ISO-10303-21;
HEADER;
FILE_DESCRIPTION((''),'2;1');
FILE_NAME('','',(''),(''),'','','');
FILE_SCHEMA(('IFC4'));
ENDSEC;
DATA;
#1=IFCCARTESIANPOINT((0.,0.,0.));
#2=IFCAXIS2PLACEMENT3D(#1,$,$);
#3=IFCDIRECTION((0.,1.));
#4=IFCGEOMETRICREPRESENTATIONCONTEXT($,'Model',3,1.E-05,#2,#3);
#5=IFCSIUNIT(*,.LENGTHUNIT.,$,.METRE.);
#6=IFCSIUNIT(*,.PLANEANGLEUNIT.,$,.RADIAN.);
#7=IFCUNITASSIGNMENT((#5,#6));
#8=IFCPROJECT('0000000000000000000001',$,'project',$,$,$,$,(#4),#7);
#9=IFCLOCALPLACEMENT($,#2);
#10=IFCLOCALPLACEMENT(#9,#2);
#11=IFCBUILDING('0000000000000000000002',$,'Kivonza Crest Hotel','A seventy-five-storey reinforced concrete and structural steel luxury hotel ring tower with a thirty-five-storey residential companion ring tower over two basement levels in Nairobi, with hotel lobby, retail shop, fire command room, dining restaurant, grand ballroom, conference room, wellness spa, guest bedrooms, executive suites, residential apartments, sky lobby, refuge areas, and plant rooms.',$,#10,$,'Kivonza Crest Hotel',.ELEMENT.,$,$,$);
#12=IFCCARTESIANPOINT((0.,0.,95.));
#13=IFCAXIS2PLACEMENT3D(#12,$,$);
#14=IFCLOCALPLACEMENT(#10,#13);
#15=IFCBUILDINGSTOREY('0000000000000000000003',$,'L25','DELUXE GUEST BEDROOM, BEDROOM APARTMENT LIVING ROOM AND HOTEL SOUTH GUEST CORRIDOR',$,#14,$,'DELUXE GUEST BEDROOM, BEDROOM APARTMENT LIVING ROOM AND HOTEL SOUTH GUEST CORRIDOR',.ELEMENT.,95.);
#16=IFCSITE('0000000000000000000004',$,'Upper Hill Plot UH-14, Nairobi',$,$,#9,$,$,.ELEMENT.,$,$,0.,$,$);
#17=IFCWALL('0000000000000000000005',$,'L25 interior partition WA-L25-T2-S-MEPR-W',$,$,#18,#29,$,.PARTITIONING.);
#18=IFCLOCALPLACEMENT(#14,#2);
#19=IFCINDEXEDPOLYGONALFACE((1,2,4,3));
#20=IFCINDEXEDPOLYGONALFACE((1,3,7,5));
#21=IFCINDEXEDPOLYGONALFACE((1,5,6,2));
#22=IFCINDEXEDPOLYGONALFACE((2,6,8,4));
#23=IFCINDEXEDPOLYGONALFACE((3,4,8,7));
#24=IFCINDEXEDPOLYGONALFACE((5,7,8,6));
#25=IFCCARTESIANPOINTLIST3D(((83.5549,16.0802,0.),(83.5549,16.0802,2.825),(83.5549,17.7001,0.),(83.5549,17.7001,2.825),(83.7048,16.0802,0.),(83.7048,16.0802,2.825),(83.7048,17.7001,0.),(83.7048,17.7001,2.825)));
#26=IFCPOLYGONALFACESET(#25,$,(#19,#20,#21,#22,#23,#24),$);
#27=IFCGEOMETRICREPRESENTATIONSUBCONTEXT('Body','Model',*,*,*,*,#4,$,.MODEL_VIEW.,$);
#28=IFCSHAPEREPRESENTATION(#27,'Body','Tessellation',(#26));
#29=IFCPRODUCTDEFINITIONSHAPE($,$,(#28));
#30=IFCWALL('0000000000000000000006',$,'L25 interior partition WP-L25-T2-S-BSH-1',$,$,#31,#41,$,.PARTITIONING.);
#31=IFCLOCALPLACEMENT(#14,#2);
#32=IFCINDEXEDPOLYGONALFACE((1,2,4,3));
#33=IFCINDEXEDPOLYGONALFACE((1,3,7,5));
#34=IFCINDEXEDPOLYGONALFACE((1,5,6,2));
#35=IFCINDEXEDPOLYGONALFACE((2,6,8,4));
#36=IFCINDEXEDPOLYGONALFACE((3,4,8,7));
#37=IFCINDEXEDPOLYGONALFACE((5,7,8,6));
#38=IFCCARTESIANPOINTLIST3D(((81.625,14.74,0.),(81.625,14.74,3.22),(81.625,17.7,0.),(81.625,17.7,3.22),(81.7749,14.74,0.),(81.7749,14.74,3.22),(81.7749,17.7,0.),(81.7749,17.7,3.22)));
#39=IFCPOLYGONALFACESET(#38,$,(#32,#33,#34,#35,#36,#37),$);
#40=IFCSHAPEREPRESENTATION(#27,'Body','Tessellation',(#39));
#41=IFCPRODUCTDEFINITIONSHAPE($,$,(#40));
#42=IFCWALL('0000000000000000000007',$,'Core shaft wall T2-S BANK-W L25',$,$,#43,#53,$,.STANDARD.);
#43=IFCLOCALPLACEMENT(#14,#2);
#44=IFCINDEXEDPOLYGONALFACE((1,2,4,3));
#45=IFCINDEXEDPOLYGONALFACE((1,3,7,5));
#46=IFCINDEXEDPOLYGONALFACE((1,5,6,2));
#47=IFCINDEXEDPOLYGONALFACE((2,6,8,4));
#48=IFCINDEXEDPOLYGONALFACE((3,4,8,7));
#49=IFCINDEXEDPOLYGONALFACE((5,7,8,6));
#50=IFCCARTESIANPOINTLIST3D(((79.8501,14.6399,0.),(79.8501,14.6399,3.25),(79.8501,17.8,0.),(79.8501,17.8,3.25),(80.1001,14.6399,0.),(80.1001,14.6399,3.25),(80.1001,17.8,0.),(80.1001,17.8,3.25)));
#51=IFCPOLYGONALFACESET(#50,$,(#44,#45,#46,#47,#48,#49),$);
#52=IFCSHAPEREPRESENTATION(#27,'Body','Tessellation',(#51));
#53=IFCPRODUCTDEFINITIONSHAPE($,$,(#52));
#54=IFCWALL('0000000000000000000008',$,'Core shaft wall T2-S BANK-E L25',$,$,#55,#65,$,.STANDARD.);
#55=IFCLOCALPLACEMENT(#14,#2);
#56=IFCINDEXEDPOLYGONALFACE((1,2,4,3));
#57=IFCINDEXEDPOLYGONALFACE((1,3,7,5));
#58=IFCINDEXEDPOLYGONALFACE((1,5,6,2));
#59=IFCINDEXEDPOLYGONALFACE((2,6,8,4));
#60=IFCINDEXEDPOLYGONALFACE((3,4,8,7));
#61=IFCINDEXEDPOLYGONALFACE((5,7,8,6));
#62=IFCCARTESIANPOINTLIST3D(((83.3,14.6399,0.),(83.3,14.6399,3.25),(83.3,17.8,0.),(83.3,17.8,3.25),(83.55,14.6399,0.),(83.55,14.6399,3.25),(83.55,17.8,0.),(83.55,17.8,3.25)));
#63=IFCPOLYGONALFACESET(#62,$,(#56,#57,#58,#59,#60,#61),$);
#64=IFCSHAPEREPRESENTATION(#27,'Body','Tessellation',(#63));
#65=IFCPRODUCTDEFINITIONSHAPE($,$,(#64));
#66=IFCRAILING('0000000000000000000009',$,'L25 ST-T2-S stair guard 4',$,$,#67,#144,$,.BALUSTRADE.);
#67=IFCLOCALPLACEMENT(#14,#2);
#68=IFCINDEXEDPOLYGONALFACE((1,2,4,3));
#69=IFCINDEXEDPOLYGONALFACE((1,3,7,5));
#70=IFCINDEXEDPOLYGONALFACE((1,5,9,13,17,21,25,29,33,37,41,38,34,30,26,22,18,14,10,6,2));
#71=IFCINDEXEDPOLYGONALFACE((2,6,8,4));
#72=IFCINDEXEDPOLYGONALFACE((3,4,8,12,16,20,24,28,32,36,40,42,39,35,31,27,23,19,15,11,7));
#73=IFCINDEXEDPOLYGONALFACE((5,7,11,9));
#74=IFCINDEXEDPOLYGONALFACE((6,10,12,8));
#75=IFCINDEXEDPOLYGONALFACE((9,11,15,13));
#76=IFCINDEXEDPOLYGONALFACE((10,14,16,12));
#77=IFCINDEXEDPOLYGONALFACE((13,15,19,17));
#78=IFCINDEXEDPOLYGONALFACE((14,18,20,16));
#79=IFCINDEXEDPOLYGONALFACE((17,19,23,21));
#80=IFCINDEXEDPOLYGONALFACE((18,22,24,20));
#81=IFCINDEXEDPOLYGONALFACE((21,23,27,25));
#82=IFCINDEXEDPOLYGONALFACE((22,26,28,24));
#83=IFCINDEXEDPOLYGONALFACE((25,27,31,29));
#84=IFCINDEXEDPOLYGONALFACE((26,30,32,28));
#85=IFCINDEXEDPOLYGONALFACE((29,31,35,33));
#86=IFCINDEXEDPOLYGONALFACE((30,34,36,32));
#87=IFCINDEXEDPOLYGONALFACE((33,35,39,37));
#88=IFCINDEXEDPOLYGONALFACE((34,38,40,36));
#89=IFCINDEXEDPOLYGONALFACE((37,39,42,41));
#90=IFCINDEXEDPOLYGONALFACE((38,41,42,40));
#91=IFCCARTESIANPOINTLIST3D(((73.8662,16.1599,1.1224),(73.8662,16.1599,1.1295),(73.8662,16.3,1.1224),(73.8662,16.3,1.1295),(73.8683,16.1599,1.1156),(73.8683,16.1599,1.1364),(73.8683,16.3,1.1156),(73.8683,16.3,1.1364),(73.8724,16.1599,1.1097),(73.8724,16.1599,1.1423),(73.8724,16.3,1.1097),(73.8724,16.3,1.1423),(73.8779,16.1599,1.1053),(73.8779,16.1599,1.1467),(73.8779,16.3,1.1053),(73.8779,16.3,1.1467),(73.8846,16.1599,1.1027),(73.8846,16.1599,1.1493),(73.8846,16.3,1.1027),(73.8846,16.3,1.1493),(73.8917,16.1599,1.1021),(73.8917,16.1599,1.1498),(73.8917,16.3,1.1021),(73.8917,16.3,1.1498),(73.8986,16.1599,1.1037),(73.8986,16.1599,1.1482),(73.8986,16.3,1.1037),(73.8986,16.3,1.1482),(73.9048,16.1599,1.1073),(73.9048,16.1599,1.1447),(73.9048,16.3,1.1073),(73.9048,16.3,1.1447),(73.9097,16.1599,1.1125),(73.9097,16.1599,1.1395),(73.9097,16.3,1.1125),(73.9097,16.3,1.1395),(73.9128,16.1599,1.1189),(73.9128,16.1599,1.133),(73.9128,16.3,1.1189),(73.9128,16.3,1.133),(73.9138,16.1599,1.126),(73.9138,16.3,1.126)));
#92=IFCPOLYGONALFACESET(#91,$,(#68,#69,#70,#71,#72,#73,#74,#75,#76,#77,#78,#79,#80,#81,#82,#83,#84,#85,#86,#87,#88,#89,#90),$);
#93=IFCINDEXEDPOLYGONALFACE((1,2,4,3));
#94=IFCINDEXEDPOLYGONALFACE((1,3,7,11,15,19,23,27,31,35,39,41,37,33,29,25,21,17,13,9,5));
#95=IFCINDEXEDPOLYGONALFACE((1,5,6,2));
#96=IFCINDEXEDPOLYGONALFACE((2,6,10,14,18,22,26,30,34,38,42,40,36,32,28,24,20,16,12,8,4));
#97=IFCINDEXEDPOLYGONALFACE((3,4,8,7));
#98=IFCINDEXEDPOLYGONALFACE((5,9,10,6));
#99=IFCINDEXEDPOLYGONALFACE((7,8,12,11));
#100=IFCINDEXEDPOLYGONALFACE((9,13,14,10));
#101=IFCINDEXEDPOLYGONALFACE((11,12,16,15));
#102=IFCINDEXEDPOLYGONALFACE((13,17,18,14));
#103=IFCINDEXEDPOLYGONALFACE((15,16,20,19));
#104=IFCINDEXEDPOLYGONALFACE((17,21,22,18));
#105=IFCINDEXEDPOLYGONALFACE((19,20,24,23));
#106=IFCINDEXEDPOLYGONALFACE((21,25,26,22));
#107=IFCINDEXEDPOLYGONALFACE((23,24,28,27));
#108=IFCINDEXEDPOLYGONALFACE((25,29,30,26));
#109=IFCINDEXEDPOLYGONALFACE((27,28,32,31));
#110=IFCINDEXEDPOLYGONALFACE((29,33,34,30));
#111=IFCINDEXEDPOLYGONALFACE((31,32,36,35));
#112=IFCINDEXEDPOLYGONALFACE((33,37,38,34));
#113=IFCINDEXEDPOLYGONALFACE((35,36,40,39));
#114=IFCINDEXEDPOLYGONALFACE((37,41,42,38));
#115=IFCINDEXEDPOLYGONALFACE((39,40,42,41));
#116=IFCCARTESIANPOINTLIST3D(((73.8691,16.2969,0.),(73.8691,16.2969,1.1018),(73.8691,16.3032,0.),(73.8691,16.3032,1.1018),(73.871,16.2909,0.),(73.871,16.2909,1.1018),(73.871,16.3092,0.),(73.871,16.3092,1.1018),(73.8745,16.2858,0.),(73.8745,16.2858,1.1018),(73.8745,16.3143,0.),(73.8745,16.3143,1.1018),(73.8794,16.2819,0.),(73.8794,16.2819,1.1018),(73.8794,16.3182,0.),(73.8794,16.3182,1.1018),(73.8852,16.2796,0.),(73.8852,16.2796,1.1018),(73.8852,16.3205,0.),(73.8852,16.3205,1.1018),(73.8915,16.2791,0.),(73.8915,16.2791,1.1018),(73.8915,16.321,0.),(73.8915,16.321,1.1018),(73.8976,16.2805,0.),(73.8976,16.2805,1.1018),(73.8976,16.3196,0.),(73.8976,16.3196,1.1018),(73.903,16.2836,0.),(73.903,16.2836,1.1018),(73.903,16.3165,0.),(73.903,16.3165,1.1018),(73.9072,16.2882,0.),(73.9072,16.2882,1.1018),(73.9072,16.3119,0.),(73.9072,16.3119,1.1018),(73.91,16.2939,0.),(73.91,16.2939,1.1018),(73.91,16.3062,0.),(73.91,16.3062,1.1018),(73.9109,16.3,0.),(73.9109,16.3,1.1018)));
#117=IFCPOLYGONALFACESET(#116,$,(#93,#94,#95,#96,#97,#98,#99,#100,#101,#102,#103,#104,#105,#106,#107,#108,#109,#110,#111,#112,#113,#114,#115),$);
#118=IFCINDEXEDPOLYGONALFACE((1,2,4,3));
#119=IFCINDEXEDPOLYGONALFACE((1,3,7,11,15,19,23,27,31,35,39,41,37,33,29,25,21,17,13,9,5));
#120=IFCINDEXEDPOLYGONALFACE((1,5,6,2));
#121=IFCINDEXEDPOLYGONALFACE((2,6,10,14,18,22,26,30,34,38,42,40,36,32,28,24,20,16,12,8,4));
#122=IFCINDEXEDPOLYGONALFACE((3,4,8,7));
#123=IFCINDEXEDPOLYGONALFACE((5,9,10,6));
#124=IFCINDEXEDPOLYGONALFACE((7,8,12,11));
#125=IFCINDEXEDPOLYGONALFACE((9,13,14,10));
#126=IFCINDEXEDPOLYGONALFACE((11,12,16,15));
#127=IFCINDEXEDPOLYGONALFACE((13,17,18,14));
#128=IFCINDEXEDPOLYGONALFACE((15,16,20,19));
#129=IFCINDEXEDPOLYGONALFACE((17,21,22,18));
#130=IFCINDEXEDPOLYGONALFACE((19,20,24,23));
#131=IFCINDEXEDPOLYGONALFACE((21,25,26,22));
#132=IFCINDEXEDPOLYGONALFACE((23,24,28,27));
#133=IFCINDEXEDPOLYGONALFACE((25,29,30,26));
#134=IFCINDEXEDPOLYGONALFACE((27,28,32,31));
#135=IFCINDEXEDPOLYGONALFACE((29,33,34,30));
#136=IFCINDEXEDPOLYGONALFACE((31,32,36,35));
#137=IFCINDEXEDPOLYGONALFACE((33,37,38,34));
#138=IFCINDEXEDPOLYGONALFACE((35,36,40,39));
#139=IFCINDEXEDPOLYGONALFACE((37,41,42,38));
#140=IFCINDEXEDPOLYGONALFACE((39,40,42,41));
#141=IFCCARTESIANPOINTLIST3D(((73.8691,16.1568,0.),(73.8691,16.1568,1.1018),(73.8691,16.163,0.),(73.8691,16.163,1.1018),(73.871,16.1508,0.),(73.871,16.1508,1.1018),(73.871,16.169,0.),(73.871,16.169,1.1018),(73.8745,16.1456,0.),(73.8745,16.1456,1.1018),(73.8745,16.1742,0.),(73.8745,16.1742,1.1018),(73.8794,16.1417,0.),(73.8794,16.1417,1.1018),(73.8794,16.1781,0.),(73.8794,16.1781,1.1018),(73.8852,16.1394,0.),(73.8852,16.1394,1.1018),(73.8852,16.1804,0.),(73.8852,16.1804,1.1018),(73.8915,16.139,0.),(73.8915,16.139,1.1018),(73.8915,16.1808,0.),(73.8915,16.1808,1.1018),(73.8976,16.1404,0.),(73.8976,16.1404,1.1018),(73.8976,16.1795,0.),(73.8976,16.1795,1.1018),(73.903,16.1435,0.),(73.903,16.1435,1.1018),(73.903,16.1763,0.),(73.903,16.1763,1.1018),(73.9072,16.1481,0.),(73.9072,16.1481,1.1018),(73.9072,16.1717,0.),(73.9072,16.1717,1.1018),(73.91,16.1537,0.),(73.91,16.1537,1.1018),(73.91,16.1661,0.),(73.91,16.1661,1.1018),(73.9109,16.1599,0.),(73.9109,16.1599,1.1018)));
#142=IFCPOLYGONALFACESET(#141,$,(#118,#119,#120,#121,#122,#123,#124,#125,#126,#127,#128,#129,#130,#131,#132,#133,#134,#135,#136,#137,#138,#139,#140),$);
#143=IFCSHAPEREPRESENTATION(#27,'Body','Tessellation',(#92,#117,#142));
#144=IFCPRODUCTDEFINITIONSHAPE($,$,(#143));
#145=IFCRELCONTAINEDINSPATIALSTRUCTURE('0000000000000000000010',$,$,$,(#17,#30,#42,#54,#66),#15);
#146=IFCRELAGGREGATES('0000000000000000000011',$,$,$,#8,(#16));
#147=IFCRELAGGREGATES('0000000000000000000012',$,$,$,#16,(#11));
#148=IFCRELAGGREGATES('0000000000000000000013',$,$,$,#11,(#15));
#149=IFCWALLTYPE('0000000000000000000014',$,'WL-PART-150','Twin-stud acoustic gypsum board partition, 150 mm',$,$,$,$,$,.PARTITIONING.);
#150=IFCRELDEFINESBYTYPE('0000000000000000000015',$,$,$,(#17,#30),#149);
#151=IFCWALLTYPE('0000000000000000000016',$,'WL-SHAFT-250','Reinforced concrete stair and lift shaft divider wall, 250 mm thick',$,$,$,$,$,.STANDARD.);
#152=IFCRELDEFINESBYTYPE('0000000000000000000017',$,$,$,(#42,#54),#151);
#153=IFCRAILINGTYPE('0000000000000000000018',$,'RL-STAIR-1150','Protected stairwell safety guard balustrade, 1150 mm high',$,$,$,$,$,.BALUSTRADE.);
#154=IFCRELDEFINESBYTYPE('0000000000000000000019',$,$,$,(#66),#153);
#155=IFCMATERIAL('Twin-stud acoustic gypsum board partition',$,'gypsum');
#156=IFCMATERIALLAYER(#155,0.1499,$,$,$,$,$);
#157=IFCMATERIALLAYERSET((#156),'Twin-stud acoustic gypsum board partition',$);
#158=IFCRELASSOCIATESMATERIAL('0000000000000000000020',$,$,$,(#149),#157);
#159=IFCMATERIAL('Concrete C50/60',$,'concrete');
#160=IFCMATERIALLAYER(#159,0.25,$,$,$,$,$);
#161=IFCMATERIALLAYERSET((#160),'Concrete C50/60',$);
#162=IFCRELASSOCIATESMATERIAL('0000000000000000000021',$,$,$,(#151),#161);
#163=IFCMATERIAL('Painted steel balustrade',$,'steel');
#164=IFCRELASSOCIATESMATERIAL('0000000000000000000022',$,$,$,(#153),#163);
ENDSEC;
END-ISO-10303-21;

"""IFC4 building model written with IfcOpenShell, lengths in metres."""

from ifc_helpers import new_model, si_unit, direction, frame, frame_2d, origin, origin_2d, place, context, subcontext, project, spatial, rectangle, circle, extrude, material, layer, layer_set, type_object, element, save


model = new_model("IFC4")

# Units and contexts
model_context = context("Model", 3, precision=1e-05, world=origin(), true_north=direction((0.0, 1.0)))
body_context = subcontext(model_context, "Body", "Model", "MODEL_VIEW")
ifc_project = project(units=[si_unit("LENGTHUNIT", "METRE"), si_unit("PLANEANGLEUNIT", "RADIAN")], contexts=[model_context])

# Site, building, storey
site_placement = place(None, origin())
site = spatial("IfcSite", under=ifc_project, at=site_placement, Name="Upper Hill Plot UH-14, Nairobi", CompositionType="ELEMENT", RefElevation=0.0)
building_placement = place(site_placement, origin())
building = spatial("IfcBuilding", under=site, at=building_placement, Name="Kivonza Crest Hotel", Description="A seventy-five-storey reinforced concrete and structural steel luxury hotel ring tower with a thirty-five-storey residential companion ring tower over two basement levels in Nairobi, with hotel lobby, retail shop, fire command room, dining restaurant, grand ballroom, conference room, wellness spa, guest bedrooms, executive suites, residential apartments, sky lobby, refuge areas, and plant rooms.", LongName="Kivonza Crest Hotel", CompositionType="ELEMENT")
storey_placement = place(building_placement, frame((0.0, 0.0, 95.0)))
storey = spatial("IfcBuildingStorey", under=building, at=storey_placement, Name="L25", Description="DELUXE GUEST BEDROOM, BEDROOM APARTMENT LIVING ROOM AND HOTEL SOUTH GUEST CORRIDOR", LongName="DELUXE GUEST BEDROOM, BEDROOM APARTMENT LIVING ROOM AND HOTEL SOUTH GUEST CORRIDOR", CompositionType="ELEMENT", Elevation=95.0)

# Shared definitions
ifc_material_1 = material(Name="Concrete C50/60", Category="concrete")

# Walls
ifc_material_2 = material(Name="Twin-stud acoustic gypsum board partition", Category="gypsum")
ifc_layer_1 = layer(ifc_material_2, 0.1499)
ifc_layer_set_1 = layer_set([ifc_layer_1], Name="Twin-stud acoustic gypsum board partition")
wall_type_1 = type_object("IfcWallType", Name="WL-PART-150", Description="Twin-stud acoustic gypsum board partition, 150 mm", PredefinedType="PARTITIONING", material=ifc_layer_set_1)
wall_1_placement = place(storey_placement, frame((83.6299, 16.0801, 0.0), z_axis=(0.0, 0.0, 1.0), x_axis=(0.0, 1.0, 0.0)))
element("IfcWall", 1, at=wall_1_placement, inside=storey, type_object=wall_type_1, Name="L25 interior partition WA-L25-T2-S-MEPR-W", PredefinedType="PARTITIONING", context=body_context, shape_type="SweptSolid", body=[
    extrude(rectangle(XDim=1.6199, YDim=0.1499, at=frame_2d((0.8101, 0.0))), origin(), (0.0, 0.0, 1.0), 2.825),
])
wall_2_placement = place(storey_placement, frame((81.7, 14.74, 0.0), z_axis=(0.0, 0.0, 1.0), x_axis=(0.0, 1.0, 0.0)))
element("IfcWall", 2, at=wall_2_placement, inside=storey, type_object=wall_type_1, Name="L25 interior partition WP-L25-T2-S-BSH-1", PredefinedType="PARTITIONING", context=body_context, shape_type="SweptSolid", body=[
    extrude(rectangle(XDim=2.96, YDim=0.1499, at=frame_2d((1.48, 0.0))), origin(), (0.0, 0.0, 1.0), 3.22),
])

# Shared definitions
ifc_layer_2 = layer(ifc_material_1, 0.25)
ifc_layer_set_2 = layer_set([ifc_layer_2], Name="Concrete C50/60")
wall_type_2 = type_object("IfcWallType", Name="WL-SHAFT-250", Description="Reinforced concrete stair and lift shaft divider wall, 250 mm thick", PredefinedType="STANDARD", material=ifc_layer_set_2)

# Walls
for number, where, z_axis, x_axis, name in (
    (3, (79.9751, 14.6399, 0.0), (0.0, 0.0, 1.0), (0.0, 1.0, 0.0), "Core shaft wall T2-S BANK-W L25"),
    (4, (83.425, 14.6399, 0.0), (0.0, 0.0, 1.0), (0.0, 1.0, 0.0), "Core shaft wall T2-S BANK-E L25"),
):
    element("IfcWall", number, at=place(storey_placement, frame(where, z_axis=z_axis, x_axis=x_axis)), inside=storey, type_object=wall_type_2, Name=name, PredefinedType="STANDARD", context=body_context, shape_type="SweptSolid", body=[
        extrude(rectangle(XDim=3.1602, YDim=0.25, at=frame_2d((1.5801, 0.0))), origin(), (0.0, 0.0, 1.0), 3.25),
    ])

# Railing
ifc_material_3 = material(Name="Painted steel balustrade", Category="steel")
railing_type = type_object("IfcRailingType", Name="RL-STAIR-1150", Description="Protected stairwell safety guard balustrade, 1150 mm high", PredefinedType="BALUSTRADE", material=ifc_material_3)
railing_placement = place(storey_placement, frame((73.8899, 16.3, 0.0)))
element("IfcRailing", 5, at=railing_placement, inside=storey, type_object=railing_type, Name="L25 ST-T2-S stair guard 4", PredefinedType="BALUSTRADE", context=body_context, shape_type="SweptSolid", body=[
    extrude(circle(Radius=0.0239, at=origin_2d()), frame((0.0, 0.0, 1.126), z_axis=(0.0, -1.0, 0.0), x_axis=(1.0, 0.0, 0.0)), (0.0, 0.0, 1.0), 0.1401),
    extrude(circle(Radius=0.021, at=origin_2d()), origin(), (0.0, 0.0, 1.0), 1.1018),
    extrude(circle(Radius=0.021, at=origin_2d()), frame((0.0, -0.1401, 0.0)), (0.0, 0.0, 1.0), 1.1018),
])

save(model, "model.ifc")
